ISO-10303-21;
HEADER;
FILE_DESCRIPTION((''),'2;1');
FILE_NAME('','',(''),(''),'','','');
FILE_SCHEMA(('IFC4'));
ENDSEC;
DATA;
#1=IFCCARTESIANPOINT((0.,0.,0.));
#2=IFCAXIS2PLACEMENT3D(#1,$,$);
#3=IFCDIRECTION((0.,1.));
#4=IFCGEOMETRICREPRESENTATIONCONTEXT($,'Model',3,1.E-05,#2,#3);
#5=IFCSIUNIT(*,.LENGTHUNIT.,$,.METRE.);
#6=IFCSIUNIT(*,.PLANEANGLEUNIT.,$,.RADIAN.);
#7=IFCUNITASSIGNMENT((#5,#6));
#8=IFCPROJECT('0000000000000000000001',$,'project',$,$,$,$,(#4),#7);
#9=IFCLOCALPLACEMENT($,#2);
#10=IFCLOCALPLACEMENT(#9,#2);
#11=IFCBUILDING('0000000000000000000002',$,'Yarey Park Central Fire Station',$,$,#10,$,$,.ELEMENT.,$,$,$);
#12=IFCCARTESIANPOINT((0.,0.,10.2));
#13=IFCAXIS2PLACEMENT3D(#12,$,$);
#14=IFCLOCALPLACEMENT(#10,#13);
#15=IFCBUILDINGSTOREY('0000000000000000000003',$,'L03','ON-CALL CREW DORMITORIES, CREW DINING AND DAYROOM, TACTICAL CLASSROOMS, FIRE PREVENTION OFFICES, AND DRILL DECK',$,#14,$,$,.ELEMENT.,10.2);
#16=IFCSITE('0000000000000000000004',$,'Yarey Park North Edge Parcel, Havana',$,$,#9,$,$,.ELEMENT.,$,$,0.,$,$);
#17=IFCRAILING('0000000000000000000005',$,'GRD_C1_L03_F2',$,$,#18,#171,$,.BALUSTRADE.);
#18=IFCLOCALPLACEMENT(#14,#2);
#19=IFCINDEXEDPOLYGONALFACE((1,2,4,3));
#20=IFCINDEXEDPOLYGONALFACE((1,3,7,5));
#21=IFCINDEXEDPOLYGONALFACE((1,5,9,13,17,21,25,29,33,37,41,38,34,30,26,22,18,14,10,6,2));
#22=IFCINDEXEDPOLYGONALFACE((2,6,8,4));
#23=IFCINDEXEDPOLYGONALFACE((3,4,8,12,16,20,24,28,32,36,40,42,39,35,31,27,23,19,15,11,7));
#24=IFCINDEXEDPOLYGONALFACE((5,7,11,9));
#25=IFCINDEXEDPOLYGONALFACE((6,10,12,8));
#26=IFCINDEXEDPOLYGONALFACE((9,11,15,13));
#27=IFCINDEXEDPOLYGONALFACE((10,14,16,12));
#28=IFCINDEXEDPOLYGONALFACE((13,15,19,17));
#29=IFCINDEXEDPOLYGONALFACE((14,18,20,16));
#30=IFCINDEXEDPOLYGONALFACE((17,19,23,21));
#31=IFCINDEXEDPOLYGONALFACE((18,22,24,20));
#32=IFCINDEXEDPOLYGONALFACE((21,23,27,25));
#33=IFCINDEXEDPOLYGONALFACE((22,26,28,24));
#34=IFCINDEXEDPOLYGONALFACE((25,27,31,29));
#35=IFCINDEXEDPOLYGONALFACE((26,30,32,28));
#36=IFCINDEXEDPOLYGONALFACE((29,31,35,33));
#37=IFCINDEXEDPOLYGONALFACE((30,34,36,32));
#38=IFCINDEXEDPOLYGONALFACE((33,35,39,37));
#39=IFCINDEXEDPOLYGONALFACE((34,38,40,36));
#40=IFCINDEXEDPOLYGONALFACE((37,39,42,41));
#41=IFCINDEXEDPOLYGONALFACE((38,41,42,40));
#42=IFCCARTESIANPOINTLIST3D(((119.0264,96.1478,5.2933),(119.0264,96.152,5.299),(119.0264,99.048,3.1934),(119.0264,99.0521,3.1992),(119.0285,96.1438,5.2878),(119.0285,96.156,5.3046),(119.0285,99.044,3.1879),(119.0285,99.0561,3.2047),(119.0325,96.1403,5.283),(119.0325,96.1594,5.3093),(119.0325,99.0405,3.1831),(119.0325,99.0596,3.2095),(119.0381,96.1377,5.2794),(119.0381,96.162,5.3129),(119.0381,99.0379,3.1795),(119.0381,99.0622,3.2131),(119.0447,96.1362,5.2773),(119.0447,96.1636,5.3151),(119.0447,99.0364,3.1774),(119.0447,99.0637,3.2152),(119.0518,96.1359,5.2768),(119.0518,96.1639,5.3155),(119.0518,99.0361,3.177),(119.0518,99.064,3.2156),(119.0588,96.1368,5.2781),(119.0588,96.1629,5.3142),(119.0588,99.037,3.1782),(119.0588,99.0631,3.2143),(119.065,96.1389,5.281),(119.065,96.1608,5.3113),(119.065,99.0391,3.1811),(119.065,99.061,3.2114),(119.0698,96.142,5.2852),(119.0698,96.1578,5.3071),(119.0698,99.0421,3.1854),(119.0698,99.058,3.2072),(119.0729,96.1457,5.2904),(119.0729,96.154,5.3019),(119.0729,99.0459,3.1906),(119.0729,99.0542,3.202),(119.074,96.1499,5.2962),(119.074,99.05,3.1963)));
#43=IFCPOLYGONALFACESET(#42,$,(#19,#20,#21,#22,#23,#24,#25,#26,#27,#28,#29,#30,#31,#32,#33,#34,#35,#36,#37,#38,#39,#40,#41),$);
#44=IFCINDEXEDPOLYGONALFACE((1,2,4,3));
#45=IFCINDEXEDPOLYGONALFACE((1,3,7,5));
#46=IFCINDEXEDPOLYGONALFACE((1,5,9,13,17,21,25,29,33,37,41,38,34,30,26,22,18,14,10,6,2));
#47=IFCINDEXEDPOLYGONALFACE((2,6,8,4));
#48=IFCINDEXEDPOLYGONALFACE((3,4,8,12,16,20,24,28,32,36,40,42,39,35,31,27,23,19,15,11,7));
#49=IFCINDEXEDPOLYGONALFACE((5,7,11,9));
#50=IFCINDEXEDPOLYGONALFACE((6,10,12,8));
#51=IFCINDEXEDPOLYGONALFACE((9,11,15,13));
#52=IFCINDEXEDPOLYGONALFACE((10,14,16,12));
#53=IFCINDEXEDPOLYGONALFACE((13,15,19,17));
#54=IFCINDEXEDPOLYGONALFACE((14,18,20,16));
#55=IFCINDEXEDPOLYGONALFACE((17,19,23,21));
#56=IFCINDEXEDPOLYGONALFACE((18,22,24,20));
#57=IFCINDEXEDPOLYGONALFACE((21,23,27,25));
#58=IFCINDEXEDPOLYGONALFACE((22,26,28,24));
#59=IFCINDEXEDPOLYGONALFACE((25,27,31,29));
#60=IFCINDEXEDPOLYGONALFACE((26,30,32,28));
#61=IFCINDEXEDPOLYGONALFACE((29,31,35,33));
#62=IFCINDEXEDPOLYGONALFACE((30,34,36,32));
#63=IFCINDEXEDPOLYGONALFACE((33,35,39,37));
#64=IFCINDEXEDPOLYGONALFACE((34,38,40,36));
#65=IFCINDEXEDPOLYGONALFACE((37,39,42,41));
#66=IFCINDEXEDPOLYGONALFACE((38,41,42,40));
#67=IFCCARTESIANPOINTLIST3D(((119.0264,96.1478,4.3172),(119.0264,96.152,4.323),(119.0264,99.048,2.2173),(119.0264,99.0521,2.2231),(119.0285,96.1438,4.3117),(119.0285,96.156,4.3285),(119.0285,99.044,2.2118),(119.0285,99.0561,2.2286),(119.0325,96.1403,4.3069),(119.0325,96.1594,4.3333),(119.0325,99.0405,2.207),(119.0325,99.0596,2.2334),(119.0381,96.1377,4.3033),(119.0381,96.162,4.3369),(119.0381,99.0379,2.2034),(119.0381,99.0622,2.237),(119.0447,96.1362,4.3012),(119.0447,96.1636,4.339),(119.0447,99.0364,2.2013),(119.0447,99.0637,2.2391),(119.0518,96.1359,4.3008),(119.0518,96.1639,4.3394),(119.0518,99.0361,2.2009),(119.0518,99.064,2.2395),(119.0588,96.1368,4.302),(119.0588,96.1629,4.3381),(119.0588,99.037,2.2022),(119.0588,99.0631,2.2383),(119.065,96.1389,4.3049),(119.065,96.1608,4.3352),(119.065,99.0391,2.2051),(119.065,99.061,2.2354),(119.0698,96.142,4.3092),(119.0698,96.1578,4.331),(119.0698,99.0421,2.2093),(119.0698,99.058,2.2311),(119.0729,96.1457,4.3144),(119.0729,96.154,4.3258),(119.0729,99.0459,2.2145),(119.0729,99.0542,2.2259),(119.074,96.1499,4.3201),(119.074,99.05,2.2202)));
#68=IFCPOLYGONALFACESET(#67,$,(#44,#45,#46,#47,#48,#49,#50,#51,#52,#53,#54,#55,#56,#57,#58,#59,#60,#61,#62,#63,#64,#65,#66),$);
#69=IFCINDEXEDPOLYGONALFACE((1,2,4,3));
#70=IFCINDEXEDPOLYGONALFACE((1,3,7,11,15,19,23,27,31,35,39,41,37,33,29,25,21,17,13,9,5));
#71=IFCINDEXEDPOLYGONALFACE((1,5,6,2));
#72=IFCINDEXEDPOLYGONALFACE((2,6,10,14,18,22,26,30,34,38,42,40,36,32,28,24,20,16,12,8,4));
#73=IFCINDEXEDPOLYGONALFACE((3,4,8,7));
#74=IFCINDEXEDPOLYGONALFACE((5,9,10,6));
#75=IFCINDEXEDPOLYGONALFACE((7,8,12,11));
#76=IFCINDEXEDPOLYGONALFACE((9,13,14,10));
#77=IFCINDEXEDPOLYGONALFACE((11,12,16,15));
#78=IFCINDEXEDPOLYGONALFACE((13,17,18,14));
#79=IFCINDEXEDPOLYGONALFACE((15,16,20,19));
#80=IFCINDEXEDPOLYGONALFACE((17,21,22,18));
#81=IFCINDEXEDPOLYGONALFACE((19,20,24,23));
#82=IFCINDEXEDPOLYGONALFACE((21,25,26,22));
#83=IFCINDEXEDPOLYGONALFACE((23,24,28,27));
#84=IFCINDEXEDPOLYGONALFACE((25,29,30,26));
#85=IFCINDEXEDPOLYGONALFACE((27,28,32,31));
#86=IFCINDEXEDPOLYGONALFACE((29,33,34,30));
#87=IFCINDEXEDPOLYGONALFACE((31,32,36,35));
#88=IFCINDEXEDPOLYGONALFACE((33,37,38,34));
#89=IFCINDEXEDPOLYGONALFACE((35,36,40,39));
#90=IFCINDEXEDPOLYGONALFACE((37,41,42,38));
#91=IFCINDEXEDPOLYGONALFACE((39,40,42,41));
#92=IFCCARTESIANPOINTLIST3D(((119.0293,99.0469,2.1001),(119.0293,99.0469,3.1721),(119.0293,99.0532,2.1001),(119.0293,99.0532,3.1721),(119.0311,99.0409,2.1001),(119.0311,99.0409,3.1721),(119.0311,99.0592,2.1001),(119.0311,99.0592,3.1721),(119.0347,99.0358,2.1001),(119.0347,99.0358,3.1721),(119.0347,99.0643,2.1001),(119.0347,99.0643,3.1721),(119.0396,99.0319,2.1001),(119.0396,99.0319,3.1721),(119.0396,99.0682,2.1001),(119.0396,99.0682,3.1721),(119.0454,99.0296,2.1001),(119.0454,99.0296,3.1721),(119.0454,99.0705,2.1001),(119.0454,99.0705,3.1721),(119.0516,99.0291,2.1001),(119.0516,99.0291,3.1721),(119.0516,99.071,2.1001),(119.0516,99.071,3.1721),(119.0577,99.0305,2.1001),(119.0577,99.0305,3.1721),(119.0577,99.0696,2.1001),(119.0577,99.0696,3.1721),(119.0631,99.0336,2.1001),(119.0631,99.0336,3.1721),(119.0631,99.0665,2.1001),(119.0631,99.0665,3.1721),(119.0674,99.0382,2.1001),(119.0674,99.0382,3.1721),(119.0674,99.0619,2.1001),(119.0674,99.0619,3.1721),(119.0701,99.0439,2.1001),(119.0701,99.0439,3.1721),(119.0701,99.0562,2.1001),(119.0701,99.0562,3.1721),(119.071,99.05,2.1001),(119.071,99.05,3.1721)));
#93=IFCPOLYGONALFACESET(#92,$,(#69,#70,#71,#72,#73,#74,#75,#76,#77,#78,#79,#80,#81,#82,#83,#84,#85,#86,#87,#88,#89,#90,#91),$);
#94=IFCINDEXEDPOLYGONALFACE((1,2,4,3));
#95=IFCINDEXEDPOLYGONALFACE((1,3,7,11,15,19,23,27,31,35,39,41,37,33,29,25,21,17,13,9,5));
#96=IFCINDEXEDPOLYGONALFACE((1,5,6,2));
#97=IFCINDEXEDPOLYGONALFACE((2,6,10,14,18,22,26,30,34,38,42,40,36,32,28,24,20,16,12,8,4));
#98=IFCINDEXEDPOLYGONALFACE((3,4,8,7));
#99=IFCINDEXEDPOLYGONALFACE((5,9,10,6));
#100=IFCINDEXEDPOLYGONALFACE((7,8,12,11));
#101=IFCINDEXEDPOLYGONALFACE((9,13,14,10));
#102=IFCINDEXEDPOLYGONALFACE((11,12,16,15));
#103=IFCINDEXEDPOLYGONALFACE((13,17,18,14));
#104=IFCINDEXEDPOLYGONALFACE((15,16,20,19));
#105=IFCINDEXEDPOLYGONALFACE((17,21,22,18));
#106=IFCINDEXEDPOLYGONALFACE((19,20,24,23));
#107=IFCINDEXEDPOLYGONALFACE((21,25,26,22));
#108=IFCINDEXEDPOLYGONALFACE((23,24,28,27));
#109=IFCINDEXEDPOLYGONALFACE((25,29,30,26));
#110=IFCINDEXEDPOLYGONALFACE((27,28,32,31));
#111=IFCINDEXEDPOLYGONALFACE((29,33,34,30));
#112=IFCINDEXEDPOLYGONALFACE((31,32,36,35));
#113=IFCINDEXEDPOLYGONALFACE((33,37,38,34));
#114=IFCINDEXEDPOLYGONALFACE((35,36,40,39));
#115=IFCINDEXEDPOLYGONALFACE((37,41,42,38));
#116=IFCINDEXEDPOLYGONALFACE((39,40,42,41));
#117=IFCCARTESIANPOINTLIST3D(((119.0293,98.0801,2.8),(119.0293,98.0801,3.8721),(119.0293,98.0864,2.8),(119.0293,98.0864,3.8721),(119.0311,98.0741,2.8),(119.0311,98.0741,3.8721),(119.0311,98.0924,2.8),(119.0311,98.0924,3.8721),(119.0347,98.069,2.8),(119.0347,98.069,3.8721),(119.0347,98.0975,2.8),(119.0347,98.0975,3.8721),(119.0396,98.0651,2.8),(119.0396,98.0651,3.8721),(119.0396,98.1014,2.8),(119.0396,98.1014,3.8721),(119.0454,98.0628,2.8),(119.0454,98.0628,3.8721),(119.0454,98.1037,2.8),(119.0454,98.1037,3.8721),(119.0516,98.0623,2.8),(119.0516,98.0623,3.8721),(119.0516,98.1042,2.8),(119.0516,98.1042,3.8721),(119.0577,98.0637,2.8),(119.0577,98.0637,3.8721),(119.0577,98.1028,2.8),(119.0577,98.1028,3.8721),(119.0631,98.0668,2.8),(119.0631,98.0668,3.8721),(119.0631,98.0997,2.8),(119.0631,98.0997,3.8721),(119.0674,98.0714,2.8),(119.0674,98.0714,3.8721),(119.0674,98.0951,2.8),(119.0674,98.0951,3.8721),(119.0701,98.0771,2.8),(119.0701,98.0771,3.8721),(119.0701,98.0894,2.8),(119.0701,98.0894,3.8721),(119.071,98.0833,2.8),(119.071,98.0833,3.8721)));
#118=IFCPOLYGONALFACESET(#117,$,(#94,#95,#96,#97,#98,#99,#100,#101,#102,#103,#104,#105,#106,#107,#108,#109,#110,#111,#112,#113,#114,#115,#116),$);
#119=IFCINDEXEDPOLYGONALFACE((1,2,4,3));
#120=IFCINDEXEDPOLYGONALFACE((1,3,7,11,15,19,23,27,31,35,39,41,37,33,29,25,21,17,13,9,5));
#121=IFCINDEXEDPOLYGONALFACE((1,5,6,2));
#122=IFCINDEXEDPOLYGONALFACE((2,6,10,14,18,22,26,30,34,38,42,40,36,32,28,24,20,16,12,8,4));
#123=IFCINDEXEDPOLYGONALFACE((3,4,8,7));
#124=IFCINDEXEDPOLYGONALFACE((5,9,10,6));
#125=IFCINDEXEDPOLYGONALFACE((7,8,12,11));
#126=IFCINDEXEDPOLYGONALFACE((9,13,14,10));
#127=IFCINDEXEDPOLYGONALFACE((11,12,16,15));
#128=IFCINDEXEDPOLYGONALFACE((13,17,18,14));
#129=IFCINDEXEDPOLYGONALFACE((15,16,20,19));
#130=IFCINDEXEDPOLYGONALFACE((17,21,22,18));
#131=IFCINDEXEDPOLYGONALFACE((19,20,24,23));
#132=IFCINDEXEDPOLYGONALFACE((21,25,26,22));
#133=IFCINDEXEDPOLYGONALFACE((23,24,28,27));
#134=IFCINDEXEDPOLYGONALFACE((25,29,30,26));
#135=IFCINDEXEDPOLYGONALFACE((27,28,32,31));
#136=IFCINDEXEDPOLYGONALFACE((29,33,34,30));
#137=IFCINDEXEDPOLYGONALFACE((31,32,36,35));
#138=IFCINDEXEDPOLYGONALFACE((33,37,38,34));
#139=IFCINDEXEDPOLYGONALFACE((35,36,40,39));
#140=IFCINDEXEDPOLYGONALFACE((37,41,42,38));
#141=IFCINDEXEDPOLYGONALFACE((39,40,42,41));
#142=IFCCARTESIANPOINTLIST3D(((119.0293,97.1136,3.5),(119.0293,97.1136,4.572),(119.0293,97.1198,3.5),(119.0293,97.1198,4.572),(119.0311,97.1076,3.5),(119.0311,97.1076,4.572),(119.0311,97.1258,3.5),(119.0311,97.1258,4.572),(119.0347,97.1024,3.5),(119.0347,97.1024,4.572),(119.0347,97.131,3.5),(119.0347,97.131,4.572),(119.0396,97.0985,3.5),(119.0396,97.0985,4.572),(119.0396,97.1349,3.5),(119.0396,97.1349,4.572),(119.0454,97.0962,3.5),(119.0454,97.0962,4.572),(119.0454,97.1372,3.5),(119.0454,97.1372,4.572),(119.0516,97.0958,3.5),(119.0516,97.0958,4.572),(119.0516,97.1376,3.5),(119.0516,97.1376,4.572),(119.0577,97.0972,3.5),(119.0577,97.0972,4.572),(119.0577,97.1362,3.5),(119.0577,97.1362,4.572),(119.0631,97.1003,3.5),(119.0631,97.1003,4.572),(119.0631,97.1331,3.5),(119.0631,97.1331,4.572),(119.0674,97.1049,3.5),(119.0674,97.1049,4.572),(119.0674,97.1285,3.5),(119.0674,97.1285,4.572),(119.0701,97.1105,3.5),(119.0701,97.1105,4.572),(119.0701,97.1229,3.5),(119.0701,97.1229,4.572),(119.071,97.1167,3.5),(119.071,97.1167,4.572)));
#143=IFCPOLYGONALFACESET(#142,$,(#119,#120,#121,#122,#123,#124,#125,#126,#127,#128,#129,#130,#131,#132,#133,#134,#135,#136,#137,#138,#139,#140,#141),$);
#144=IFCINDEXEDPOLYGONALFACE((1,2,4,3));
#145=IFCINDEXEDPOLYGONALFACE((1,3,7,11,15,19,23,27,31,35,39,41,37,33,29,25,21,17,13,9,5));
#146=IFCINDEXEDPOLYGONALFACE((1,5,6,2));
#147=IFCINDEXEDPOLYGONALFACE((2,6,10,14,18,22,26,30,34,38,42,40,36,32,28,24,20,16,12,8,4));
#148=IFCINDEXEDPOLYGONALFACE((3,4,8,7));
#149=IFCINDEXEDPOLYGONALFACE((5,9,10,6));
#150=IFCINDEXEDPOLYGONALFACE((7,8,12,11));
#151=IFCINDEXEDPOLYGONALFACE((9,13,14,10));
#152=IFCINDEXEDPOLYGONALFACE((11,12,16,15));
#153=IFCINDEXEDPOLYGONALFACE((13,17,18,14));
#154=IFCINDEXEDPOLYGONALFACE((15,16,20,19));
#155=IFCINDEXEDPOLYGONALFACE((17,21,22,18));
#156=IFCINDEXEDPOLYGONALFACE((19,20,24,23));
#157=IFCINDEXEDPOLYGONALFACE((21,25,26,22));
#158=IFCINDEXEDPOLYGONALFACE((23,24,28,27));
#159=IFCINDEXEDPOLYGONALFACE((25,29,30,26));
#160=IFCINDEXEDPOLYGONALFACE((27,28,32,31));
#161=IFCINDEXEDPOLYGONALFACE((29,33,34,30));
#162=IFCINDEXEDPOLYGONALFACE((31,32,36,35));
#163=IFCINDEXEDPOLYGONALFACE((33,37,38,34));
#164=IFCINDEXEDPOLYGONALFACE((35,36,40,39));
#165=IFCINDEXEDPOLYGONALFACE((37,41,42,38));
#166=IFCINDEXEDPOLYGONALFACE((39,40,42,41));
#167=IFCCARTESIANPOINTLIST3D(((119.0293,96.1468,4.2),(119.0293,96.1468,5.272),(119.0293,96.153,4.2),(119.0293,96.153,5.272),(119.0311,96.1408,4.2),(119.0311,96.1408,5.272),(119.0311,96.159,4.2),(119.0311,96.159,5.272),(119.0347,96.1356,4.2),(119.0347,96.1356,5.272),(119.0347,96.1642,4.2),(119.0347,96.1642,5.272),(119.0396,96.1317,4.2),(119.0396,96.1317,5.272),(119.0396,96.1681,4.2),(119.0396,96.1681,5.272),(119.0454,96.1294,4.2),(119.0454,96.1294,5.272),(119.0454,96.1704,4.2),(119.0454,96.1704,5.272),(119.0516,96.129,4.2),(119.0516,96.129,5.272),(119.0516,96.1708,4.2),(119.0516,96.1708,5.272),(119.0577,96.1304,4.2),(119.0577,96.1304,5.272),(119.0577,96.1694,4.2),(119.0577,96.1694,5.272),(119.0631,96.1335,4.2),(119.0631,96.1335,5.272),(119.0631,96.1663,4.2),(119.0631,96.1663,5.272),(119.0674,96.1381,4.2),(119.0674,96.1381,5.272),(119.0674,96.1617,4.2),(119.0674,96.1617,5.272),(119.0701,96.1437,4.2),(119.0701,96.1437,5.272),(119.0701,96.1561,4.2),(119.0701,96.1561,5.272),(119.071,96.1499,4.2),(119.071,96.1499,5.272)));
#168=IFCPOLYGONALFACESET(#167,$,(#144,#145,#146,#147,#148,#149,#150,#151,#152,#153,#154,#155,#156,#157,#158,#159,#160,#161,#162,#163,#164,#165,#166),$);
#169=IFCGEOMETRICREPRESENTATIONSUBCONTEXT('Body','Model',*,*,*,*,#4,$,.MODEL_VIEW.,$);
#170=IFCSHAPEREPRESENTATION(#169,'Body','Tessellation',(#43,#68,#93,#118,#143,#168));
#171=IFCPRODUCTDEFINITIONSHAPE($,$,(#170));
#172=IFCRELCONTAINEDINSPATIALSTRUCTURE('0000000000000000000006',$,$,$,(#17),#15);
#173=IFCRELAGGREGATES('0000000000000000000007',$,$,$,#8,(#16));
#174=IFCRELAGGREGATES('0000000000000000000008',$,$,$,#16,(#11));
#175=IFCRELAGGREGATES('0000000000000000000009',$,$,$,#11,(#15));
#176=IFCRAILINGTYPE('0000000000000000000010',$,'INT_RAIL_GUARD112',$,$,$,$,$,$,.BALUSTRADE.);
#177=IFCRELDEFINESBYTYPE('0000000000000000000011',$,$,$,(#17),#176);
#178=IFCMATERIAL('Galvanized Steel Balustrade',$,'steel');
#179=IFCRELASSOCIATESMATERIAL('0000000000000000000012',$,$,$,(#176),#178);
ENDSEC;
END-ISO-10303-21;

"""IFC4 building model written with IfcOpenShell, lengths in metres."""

from ifc_helpers import new_model, si_unit, direction, frame, origin, origin_2d, place, context, subcontext, project, spatial, circle, extrude, material, type_object, element, save


model = new_model("IFC4")

# Units and contexts
model_context = context("Model", 3, precision=1e-05, world=origin(), true_north=direction((0.0, 1.0)))
body_context = subcontext(model_context, "Body", "Model", "MODEL_VIEW")
ifc_project = project(units=[si_unit("LENGTHUNIT", "METRE"), si_unit("PLANEANGLEUNIT", "RADIAN")], contexts=[model_context])

# Site, building, storey
site_placement = place(None, origin())
site = spatial("IfcSite", under=ifc_project, at=site_placement, Name="Yarey Park North Edge Parcel, Havana", CompositionType="ELEMENT", RefElevation=0.0)
building_placement = place(site_placement, origin())
building = spatial("IfcBuilding", under=site, at=building_placement, Name="Yarey Park Central Fire Station", CompositionType="ELEMENT")
storey_placement = place(building_placement, frame((0.0, 0.0, 10.2)))
storey = spatial("IfcBuildingStorey", under=building, at=storey_placement, Name="L03", Description="ON-CALL CREW DORMITORIES, CREW DINING AND DAYROOM, TACTICAL CLASSROOMS, FIRE PREVENTION OFFICES, AND DRILL DECK", CompositionType="ELEMENT", Elevation=10.2)

# Railing
ifc_material_1 = material(Name="Galvanized Steel Balustrade", Category="steel")
railing_type_1 = type_object("IfcRailingType", Name="INT_RAIL_GUARD112", PredefinedType="BALUSTRADE", material=ifc_material_1)
railing_1_placement = place(storey_placement, frame((119.05, 99.05, 2.1001)))
element("IfcRailing", 1, at=railing_1_placement, inside=storey, type_object=railing_type_1, Name="GRD_C1_L03_F2", PredefinedType="BALUSTRADE", context=body_context, shape_type="SweptSolid", body=[
    extrude(circle(Radius=0.0239, at=origin_2d()), frame((0.0, 0.0, 1.0962), z_axis=(0.0, -0.809976, 0.586464), x_axis=(1.0, 0.0, 0.0)), (0.0, 0.0, 1.0), 3.5806),
    extrude(circle(Radius=0.0239, at=origin_2d()), frame((0.0, 0.0, 0.1201), z_axis=(0.0, -0.809976, 0.586464), x_axis=(1.0, 0.0, 0.0)), (0.0, 0.0, 1.0), 3.5806),
    extrude(circle(Radius=0.021, at=origin_2d()), origin(), (0.0, 0.0, 1.0), 1.072),
    extrude(circle(Radius=0.021, at=origin_2d()), frame((0.0, -0.9668, 0.7)), (0.0, 0.0, 1.0), 1.072),
    extrude(circle(Radius=0.021, at=origin_2d()), frame((0.0, -1.9333, 1.3999)), (0.0, 0.0, 1.0), 1.072),
    extrude(circle(Radius=0.021, at=origin_2d()), frame((0.0, -2.9001, 2.0999)), (0.0, 0.0, 1.0), 1.072),
])

save(model, "model.ifc")
